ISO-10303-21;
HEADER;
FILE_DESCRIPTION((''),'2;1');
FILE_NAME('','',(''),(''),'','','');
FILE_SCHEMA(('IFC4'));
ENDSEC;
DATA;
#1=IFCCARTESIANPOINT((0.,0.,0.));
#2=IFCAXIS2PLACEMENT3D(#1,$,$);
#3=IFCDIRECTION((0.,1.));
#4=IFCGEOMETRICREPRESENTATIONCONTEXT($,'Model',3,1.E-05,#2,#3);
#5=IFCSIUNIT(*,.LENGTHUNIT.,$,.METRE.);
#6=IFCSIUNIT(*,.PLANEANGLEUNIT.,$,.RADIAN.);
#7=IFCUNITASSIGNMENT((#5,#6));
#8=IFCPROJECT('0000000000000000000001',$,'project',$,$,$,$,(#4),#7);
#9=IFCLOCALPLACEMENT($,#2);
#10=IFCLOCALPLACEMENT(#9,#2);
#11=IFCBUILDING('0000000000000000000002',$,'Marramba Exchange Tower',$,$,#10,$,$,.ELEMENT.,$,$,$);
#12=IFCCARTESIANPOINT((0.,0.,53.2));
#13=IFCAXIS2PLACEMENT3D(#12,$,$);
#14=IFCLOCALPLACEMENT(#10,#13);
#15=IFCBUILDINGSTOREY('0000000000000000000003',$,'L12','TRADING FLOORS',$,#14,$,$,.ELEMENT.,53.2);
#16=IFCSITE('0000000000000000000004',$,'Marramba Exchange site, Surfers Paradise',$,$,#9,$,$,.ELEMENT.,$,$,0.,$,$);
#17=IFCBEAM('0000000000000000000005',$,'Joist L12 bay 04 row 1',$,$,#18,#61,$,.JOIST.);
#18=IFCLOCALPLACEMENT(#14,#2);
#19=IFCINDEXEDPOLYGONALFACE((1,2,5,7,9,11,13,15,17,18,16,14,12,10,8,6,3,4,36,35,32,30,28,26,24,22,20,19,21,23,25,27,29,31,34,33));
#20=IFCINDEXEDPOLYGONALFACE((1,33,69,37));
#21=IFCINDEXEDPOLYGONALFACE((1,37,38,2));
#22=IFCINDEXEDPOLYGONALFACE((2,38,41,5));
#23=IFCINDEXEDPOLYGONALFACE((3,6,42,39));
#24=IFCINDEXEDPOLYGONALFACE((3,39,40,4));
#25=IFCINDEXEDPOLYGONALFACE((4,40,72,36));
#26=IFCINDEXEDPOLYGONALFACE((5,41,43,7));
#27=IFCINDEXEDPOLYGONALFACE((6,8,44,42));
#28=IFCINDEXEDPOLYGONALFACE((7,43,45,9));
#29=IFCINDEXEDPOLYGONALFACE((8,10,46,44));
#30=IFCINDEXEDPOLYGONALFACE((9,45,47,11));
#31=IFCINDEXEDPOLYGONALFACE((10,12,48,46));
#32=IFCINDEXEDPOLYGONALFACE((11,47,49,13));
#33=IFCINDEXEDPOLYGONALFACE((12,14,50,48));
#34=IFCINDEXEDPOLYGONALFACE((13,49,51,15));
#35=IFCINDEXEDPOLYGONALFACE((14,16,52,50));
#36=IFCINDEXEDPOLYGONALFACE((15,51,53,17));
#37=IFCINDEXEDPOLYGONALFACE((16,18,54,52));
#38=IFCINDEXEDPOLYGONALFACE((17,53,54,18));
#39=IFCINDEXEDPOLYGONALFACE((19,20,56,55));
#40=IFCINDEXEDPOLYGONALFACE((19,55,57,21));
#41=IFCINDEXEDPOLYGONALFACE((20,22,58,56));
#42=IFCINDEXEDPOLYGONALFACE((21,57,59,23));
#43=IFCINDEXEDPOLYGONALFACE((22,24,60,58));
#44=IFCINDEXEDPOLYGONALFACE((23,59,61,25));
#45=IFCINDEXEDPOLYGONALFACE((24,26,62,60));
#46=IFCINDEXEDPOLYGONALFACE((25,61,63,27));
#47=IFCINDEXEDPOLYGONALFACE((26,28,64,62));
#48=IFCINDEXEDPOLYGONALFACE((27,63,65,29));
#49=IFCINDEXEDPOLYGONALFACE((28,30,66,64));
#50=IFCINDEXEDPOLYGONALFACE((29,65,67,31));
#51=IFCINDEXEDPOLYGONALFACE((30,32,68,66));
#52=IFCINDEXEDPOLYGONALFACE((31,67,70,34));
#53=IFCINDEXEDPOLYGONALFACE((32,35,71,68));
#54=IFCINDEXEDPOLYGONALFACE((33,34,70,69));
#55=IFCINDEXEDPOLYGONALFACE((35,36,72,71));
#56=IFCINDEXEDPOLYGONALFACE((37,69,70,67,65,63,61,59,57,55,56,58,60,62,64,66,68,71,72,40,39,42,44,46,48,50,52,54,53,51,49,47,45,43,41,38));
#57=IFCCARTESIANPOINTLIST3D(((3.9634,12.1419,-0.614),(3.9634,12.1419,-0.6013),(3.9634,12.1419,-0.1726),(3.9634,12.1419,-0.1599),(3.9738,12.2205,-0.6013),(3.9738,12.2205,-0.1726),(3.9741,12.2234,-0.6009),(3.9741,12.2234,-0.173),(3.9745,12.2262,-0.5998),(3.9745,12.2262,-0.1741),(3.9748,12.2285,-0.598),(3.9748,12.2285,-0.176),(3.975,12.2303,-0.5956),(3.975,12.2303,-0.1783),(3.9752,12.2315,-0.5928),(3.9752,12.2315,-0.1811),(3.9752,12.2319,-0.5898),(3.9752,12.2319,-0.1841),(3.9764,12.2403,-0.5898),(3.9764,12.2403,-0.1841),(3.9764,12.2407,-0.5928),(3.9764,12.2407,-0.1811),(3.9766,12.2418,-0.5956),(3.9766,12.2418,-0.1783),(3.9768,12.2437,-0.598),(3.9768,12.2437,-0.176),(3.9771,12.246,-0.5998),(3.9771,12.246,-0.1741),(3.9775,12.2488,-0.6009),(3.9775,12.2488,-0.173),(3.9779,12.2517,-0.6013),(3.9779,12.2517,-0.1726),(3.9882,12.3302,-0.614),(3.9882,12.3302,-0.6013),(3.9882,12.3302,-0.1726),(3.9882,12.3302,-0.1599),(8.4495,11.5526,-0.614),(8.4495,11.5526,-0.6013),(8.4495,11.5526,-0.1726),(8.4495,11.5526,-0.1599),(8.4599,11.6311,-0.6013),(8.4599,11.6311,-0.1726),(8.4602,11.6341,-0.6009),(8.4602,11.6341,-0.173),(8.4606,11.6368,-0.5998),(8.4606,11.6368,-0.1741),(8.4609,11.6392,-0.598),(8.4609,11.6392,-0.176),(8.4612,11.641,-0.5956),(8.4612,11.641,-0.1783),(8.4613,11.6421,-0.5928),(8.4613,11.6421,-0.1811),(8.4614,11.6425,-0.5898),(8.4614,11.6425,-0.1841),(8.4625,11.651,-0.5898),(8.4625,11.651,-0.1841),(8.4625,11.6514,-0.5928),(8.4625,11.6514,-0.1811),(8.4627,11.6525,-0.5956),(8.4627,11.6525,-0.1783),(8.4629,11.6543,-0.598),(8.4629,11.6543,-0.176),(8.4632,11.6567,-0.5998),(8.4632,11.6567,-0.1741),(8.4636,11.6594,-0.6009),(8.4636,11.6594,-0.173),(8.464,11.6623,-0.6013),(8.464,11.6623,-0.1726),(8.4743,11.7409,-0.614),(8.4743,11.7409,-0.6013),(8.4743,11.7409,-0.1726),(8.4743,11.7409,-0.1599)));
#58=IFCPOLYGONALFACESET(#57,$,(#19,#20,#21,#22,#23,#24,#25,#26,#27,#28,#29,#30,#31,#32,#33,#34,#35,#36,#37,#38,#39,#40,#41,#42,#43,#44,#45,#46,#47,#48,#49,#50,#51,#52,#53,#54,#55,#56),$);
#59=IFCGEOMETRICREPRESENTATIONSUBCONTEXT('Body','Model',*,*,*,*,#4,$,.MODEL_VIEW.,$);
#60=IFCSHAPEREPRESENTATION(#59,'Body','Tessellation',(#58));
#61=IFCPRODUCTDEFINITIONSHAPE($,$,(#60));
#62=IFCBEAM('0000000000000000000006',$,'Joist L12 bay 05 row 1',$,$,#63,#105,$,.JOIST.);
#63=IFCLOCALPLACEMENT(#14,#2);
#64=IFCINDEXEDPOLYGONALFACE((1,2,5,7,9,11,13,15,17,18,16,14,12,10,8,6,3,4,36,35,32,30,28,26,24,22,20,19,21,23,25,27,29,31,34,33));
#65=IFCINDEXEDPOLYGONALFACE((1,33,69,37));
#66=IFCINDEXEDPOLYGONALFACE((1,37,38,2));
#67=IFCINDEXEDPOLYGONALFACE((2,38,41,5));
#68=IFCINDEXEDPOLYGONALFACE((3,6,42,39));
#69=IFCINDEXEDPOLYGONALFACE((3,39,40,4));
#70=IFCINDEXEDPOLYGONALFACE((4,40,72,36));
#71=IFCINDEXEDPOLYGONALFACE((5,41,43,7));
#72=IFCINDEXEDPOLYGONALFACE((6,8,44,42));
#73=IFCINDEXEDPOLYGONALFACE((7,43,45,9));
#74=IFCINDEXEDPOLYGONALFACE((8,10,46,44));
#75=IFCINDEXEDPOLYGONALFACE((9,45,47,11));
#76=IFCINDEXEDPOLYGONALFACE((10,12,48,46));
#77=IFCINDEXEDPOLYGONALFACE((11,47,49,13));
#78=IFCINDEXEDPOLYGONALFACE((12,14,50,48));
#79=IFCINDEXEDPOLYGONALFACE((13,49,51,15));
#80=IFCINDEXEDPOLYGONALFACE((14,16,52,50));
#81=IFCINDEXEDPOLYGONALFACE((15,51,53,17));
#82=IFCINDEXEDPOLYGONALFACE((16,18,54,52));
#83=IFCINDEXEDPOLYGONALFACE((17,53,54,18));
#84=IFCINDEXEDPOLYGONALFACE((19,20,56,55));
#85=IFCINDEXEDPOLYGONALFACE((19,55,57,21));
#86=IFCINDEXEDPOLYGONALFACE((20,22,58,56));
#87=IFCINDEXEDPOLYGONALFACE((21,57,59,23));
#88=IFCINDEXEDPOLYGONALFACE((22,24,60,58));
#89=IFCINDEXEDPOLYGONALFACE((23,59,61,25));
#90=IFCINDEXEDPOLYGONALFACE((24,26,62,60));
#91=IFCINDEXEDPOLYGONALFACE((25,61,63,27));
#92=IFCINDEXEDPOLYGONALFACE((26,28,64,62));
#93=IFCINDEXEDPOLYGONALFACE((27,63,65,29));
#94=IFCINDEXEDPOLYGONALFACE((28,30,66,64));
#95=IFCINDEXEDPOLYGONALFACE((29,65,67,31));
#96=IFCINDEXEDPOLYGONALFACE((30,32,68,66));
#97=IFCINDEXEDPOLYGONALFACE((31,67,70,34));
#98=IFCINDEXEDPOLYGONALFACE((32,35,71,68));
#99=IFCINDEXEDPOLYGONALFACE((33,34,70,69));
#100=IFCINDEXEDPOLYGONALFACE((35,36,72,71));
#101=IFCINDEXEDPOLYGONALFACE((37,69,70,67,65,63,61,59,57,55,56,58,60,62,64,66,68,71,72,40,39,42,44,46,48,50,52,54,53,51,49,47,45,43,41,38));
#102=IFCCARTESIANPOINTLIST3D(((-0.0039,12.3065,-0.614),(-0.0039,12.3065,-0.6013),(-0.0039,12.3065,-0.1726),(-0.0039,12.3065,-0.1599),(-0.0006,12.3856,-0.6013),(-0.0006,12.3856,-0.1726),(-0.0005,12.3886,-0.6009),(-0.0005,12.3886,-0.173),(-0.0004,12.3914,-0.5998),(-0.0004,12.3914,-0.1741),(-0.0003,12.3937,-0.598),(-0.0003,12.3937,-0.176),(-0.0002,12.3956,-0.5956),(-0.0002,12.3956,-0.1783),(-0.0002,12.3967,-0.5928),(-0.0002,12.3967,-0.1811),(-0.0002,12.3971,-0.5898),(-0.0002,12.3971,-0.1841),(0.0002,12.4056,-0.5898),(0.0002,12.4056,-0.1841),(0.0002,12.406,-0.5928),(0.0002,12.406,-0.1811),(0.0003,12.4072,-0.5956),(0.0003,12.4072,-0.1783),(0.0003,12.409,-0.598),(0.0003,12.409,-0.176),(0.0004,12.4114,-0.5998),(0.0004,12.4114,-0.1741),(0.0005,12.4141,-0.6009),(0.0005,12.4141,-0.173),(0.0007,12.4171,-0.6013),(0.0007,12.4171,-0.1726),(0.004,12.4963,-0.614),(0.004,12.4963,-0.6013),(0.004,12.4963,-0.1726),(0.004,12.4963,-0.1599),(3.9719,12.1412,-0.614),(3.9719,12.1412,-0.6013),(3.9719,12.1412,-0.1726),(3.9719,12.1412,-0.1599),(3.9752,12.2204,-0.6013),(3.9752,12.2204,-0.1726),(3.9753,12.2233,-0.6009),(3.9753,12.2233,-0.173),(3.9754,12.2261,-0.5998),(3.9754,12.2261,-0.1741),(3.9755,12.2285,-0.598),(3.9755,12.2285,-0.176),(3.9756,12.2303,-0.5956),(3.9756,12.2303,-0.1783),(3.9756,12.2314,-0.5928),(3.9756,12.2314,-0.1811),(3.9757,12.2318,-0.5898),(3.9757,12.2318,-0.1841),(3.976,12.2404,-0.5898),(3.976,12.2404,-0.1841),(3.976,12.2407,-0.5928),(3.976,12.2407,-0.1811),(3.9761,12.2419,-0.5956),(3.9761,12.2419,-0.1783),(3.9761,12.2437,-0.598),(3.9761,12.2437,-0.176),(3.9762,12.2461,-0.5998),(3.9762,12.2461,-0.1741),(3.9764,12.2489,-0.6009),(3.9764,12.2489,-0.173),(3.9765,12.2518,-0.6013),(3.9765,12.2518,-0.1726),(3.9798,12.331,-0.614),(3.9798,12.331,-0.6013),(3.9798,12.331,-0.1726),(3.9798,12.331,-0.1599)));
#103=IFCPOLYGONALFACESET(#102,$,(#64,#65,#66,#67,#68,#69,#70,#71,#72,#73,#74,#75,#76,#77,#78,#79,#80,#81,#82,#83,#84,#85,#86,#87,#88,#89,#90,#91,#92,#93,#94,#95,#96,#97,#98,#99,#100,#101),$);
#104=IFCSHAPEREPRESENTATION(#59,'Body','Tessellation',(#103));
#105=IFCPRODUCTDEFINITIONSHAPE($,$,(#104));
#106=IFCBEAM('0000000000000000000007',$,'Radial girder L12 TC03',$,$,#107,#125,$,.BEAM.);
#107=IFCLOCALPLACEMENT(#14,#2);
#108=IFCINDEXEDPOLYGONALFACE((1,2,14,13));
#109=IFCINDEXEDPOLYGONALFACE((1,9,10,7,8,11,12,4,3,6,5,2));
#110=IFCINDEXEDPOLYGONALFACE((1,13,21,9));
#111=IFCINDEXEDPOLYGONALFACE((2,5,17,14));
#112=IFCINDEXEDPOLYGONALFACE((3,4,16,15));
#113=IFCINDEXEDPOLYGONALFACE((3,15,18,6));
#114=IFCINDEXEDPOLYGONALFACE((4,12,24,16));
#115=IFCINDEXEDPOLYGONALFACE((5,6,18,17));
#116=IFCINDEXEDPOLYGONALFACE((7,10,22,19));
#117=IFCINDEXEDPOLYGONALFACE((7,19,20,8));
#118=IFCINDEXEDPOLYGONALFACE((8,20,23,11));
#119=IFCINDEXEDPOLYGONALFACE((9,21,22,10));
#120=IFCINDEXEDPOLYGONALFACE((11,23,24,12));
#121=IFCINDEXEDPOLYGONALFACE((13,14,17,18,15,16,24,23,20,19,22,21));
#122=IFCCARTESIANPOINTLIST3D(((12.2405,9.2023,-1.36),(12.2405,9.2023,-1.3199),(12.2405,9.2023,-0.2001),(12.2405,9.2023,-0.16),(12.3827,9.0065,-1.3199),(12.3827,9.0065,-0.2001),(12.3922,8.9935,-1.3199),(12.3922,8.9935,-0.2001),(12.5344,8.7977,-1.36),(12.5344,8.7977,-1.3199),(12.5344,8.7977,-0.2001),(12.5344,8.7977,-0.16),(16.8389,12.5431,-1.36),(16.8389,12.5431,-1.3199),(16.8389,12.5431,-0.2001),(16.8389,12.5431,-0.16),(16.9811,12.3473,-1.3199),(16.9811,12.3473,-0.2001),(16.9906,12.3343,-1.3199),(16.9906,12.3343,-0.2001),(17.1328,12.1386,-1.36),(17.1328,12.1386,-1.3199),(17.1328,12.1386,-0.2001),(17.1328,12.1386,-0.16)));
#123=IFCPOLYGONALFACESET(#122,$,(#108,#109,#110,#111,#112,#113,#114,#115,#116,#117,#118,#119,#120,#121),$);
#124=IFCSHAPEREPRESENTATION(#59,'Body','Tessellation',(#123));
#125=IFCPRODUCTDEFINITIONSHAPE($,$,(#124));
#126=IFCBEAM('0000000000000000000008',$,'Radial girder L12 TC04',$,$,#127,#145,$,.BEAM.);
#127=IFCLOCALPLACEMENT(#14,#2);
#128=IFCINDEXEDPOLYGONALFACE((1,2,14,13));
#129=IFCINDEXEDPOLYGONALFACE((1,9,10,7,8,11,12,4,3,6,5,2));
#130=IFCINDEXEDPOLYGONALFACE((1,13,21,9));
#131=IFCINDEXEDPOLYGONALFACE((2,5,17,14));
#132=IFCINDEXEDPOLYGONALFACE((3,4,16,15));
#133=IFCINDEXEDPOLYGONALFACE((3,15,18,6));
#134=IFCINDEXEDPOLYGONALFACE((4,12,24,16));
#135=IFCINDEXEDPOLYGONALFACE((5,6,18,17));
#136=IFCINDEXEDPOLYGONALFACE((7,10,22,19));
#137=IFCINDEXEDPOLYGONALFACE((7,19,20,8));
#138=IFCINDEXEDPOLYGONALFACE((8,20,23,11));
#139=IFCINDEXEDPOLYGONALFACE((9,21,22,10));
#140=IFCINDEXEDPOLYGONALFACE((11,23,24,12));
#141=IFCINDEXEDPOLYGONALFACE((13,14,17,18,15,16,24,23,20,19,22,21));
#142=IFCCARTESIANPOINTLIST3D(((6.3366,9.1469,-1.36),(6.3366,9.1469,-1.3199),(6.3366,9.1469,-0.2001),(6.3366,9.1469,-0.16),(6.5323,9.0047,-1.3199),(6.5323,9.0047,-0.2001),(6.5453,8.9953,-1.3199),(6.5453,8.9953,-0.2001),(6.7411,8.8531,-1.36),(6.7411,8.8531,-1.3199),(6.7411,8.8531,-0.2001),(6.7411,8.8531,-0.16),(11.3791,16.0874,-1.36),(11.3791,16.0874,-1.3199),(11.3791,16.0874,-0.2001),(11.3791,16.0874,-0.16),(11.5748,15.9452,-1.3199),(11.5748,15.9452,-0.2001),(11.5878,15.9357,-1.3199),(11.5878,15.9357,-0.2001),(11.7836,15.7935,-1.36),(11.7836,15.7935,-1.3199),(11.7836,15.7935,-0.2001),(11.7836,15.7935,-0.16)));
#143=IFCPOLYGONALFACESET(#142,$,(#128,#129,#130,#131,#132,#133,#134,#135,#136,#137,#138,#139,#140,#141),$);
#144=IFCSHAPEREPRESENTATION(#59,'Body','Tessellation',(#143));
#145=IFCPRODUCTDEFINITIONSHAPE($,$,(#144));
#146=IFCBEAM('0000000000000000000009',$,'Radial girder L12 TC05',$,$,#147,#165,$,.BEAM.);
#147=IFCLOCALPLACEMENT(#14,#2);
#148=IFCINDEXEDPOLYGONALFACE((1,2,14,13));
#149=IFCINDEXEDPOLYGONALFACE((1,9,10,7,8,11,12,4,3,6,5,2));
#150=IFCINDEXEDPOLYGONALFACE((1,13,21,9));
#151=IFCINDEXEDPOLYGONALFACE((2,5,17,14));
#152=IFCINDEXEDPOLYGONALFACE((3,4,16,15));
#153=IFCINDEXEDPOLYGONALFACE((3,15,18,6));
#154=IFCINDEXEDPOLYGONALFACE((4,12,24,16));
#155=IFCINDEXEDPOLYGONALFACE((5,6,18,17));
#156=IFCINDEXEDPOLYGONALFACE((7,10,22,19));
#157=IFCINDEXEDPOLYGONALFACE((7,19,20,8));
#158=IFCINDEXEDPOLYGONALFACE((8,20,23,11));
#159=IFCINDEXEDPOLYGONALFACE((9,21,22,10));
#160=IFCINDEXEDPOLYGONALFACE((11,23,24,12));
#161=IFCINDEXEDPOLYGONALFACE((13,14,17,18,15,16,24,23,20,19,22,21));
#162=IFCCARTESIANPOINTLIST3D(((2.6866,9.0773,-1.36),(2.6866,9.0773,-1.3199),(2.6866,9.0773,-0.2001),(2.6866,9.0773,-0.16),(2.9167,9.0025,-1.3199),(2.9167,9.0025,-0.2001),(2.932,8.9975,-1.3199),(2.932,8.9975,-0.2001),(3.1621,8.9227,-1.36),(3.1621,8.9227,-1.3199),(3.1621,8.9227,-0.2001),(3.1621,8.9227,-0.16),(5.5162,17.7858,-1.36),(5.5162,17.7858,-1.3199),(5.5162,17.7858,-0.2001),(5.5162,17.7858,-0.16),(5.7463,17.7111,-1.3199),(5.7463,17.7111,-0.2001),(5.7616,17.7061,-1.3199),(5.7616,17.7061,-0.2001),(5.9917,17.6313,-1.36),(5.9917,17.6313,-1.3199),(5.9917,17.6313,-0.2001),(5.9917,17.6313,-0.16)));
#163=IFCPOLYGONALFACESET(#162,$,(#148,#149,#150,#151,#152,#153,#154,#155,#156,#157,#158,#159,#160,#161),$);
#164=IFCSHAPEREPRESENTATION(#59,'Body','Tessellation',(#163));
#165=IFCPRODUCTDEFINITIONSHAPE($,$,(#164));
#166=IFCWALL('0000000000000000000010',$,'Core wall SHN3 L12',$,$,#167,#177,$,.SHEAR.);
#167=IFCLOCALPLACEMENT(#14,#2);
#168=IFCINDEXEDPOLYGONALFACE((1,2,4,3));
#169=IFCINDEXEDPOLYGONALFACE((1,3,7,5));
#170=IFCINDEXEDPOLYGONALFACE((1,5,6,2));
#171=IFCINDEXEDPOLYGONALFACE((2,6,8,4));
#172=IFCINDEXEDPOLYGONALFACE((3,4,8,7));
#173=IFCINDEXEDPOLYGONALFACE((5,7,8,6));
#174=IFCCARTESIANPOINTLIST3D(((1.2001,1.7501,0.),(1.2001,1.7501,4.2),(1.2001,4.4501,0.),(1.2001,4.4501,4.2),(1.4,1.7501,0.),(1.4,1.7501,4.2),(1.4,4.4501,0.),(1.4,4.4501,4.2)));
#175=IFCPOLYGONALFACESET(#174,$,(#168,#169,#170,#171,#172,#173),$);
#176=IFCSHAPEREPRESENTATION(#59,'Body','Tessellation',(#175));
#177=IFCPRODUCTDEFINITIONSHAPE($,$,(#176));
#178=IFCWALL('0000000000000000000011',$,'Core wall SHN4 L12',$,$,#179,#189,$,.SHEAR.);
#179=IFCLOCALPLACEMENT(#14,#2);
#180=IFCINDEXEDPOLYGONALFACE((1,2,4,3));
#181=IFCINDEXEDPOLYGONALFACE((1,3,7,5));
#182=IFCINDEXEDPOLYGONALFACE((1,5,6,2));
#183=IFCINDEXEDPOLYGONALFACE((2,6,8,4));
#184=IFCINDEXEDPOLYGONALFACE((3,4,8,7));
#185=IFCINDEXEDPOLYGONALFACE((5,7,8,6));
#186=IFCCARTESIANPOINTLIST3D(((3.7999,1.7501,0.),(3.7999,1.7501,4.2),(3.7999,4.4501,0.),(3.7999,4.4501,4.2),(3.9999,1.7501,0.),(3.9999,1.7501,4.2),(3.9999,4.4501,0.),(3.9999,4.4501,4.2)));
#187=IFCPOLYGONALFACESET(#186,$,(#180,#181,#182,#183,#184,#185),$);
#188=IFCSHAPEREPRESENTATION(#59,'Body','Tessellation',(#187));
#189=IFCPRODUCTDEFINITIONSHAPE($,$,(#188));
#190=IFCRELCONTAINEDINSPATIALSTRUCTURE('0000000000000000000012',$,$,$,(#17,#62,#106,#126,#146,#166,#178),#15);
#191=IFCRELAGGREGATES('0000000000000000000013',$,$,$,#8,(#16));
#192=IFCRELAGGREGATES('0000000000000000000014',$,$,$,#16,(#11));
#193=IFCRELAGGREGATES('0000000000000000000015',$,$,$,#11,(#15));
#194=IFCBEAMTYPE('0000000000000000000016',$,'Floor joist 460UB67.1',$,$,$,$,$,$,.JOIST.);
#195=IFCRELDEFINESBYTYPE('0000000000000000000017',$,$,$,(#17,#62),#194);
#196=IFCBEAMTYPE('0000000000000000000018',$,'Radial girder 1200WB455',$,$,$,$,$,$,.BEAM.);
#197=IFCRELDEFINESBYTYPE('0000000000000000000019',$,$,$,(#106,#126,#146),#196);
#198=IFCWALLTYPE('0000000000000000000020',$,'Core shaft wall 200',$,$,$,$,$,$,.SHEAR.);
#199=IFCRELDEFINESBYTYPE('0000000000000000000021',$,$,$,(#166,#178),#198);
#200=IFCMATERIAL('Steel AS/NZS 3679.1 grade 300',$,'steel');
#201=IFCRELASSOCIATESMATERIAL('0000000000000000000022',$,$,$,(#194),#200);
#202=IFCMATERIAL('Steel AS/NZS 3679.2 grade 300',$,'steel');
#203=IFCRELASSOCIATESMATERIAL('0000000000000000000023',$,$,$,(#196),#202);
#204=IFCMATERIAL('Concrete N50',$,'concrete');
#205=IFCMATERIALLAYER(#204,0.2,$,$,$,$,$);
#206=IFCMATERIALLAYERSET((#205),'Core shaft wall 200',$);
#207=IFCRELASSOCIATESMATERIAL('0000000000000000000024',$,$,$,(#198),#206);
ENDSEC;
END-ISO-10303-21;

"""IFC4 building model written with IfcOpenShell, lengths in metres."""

from ifc_helpers import new_model, si_unit, direction, frame, frame_2d, origin, origin_2d, place, context, subcontext, project, spatial, rectangle, i_section, extrude, material, layer, layer_set, material_profile, profile_set, type_object, element, save


model = new_model("IFC4")

# Units and contexts
model_context = context("Model", 3, precision=1e-05, world=origin(), true_north=direction((0.0, 1.0)))
body_context = subcontext(model_context, "Body", "Model", "MODEL_VIEW")
ifc_project = project(units=[si_unit("LENGTHUNIT", "METRE"), si_unit("PLANEANGLEUNIT", "RADIAN")], contexts=[model_context])

# Site, building, storey
site_placement = place(None, origin())
site = spatial("IfcSite", under=ifc_project, at=site_placement, Name="Marramba Exchange site, Surfers Paradise", CompositionType="ELEMENT", RefElevation=0.0)
building_placement = place(site_placement, origin())
building = spatial("IfcBuilding", under=site, at=building_placement, Name="Marramba Exchange Tower", CompositionType="ELEMENT")
storey_placement = place(building_placement, frame((0.0, 0.0, 53.2)))
storey = spatial("IfcBuildingStorey", under=building, at=storey_placement, Name="L12", Description="TRADING FLOORS", CompositionType="ELEMENT", Elevation=53.2)

# Beams
ifc_material_1 = material(Name="Steel AS/NZS 3679.1 grade 300", Category="steel")
ifc_material_profile_1 = material_profile(ifc_material_1, i_section(OverallWidth=0.1899, OverallDepth=0.4541, WebThickness=0.0085, FlangeThickness=0.0127, FilletRadius=0.0115, at=origin_2d()), Name="460UB67.1")
ifc_profile_set_1 = profile_set([ifc_material_profile_1], Name="Steel AS/NZS 3679.1 grade 300")
beam_type_1 = type_object("IfcBeamType", Name="Floor joist 460UB67.1", PredefinedType="JOIST", material=ifc_profile_set_1)
beam_1_placement = place(storey_placement, frame((8.4619, 11.6467, -0.387), z_axis=(-0.991481, 0.130255, 0.0), x_axis=(-0.130255, -0.991481, 0.0)))
element("IfcBeam", 1, at=beam_1_placement, inside=storey, type_object=beam_type_1, Name="Joist L12 bay 04 row 1", PredefinedType="JOIST", context=body_context, shape_type="SweptSolid", body=[
    extrude(i_section(OverallWidth=0.1899, OverallDepth=0.4541, WebThickness=0.0085, FlangeThickness=0.0127, FilletRadius=0.0115, at=origin_2d()), origin(), (0.0, 0.0, 1.0), 4.5247),
])
beam_2_placement = place(storey_placement, frame((3.9758, 12.2361, -0.387), z_axis=(-0.999137, 0.041536, 0.0), x_axis=(-0.041536, -0.999137, 0.0)))
element("IfcBeam", 2, at=beam_2_placement, inside=storey, type_object=beam_type_1, Name="Joist L12 bay 05 row 1", PredefinedType="JOIST", context=body_context, shape_type="SweptSolid", body=[
    extrude(i_section(OverallWidth=0.1899, OverallDepth=0.4541, WebThickness=0.0085, FlangeThickness=0.0127, FilletRadius=0.0115, at=origin_2d()), origin(), (0.0, 0.0, 1.0), 3.9792),
])
ifc_material_2 = material(Name="Steel AS/NZS 3679.2 grade 300", Category="steel")
ifc_material_profile_2 = material_profile(ifc_material_2, i_section(OverallWidth=0.5, OverallDepth=1.2, WebThickness=0.0161, FlangeThickness=0.04, at=origin_2d()), Name="1200WB455")
ifc_profile_set_2 = profile_set([ifc_material_profile_2], Name="Steel AS/NZS 3679.2 grade 300")
beam_type_2 = type_object("IfcBeamType", Name="Radial girder 1200WB455", PredefinedType="BEAM", material=ifc_profile_set_2)
beam_3_placement = place(storey_placement, frame((12.3875, 9.0, -0.76), z_axis=(0.809026, 0.587773, 0.0), x_axis=(-0.587773, 0.809026, 0.0)))
element("IfcBeam", 3, at=beam_3_placement, inside=storey, type_object=beam_type_2, Name="Radial girder L12 TC03", PredefinedType="BEAM", context=body_context, shape_type="SweptSolid", body=[
    extrude(i_section(OverallWidth=0.5, OverallDepth=1.2, WebThickness=0.0161, FlangeThickness=0.04, at=origin_2d()), origin(), (0.0, 0.0, 1.0), 5.6838),
])
beam_4_placement = place(storey_placement, frame((6.5388, 9.0, -0.76), z_axis=(0.587782, 0.809019, 0.0), x_axis=(-0.809019, 0.587782, 0.0)))
element("IfcBeam", 4, at=beam_4_placement, inside=storey, type_object=beam_type_2, Name="Radial girder L12 TC04", PredefinedType="BEAM", context=body_context, shape_type="SweptSolid", body=[
    extrude(i_section(OverallWidth=0.5, OverallDepth=1.2, WebThickness=0.0161, FlangeThickness=0.04, at=origin_2d()), origin(), (0.0, 0.0, 1.0), 8.5789),
])
beam_5_placement = place(storey_placement, frame((2.9243, 9.0, -0.76), z_axis=(0.30902, 0.951056, 0.0), x_axis=(-0.951056, 0.30902, 0.0)))
element("IfcBeam", 5, at=beam_5_placement, inside=storey, type_object=beam_type_2, Name="Radial girder L12 TC05", PredefinedType="BEAM", context=body_context, shape_type="SweptSolid", body=[
    extrude(i_section(OverallWidth=0.5, OverallDepth=1.2, WebThickness=0.0161, FlangeThickness=0.04, at=origin_2d()), origin(), (0.0, 0.0, 1.0), 9.1567),
])

# Walls
ifc_material_3 = material(Name="Concrete N50", Category="concrete")
ifc_layer_1 = layer(ifc_material_3, 0.2)
ifc_layer_set_1 = layer_set([ifc_layer_1], Name="Core shaft wall 200")
wall_type_1 = type_object("IfcWallType", Name="Core shaft wall 200", PredefinedType="SHEAR", material=ifc_layer_set_1)
for number, where, z_axis, x_axis, name in (
    (6, (1.3, 1.75, 0.0), (0.0, 0.0, 1.0), (0.0, 1.0, 0.0), "Core wall SHN3 L12"),
    (7, (3.8999, 1.75, 0.0), (0.0, 0.0, 1.0), (0.0, 1.0, 0.0), "Core wall SHN4 L12"),
):
    element("IfcWall", number, at=place(storey_placement, frame(where, z_axis=z_axis, x_axis=x_axis)), inside=storey, type_object=wall_type_1, Name=name, PredefinedType="SHEAR", context=body_context, shape_type="SweptSolid", body=[
        extrude(rectangle(XDim=2.7, YDim=0.2, at=frame_2d((1.3501, 0.0))), origin(), (0.0, 0.0, 1.0), 4.2),
    ])

save(model, "model.ifc")
